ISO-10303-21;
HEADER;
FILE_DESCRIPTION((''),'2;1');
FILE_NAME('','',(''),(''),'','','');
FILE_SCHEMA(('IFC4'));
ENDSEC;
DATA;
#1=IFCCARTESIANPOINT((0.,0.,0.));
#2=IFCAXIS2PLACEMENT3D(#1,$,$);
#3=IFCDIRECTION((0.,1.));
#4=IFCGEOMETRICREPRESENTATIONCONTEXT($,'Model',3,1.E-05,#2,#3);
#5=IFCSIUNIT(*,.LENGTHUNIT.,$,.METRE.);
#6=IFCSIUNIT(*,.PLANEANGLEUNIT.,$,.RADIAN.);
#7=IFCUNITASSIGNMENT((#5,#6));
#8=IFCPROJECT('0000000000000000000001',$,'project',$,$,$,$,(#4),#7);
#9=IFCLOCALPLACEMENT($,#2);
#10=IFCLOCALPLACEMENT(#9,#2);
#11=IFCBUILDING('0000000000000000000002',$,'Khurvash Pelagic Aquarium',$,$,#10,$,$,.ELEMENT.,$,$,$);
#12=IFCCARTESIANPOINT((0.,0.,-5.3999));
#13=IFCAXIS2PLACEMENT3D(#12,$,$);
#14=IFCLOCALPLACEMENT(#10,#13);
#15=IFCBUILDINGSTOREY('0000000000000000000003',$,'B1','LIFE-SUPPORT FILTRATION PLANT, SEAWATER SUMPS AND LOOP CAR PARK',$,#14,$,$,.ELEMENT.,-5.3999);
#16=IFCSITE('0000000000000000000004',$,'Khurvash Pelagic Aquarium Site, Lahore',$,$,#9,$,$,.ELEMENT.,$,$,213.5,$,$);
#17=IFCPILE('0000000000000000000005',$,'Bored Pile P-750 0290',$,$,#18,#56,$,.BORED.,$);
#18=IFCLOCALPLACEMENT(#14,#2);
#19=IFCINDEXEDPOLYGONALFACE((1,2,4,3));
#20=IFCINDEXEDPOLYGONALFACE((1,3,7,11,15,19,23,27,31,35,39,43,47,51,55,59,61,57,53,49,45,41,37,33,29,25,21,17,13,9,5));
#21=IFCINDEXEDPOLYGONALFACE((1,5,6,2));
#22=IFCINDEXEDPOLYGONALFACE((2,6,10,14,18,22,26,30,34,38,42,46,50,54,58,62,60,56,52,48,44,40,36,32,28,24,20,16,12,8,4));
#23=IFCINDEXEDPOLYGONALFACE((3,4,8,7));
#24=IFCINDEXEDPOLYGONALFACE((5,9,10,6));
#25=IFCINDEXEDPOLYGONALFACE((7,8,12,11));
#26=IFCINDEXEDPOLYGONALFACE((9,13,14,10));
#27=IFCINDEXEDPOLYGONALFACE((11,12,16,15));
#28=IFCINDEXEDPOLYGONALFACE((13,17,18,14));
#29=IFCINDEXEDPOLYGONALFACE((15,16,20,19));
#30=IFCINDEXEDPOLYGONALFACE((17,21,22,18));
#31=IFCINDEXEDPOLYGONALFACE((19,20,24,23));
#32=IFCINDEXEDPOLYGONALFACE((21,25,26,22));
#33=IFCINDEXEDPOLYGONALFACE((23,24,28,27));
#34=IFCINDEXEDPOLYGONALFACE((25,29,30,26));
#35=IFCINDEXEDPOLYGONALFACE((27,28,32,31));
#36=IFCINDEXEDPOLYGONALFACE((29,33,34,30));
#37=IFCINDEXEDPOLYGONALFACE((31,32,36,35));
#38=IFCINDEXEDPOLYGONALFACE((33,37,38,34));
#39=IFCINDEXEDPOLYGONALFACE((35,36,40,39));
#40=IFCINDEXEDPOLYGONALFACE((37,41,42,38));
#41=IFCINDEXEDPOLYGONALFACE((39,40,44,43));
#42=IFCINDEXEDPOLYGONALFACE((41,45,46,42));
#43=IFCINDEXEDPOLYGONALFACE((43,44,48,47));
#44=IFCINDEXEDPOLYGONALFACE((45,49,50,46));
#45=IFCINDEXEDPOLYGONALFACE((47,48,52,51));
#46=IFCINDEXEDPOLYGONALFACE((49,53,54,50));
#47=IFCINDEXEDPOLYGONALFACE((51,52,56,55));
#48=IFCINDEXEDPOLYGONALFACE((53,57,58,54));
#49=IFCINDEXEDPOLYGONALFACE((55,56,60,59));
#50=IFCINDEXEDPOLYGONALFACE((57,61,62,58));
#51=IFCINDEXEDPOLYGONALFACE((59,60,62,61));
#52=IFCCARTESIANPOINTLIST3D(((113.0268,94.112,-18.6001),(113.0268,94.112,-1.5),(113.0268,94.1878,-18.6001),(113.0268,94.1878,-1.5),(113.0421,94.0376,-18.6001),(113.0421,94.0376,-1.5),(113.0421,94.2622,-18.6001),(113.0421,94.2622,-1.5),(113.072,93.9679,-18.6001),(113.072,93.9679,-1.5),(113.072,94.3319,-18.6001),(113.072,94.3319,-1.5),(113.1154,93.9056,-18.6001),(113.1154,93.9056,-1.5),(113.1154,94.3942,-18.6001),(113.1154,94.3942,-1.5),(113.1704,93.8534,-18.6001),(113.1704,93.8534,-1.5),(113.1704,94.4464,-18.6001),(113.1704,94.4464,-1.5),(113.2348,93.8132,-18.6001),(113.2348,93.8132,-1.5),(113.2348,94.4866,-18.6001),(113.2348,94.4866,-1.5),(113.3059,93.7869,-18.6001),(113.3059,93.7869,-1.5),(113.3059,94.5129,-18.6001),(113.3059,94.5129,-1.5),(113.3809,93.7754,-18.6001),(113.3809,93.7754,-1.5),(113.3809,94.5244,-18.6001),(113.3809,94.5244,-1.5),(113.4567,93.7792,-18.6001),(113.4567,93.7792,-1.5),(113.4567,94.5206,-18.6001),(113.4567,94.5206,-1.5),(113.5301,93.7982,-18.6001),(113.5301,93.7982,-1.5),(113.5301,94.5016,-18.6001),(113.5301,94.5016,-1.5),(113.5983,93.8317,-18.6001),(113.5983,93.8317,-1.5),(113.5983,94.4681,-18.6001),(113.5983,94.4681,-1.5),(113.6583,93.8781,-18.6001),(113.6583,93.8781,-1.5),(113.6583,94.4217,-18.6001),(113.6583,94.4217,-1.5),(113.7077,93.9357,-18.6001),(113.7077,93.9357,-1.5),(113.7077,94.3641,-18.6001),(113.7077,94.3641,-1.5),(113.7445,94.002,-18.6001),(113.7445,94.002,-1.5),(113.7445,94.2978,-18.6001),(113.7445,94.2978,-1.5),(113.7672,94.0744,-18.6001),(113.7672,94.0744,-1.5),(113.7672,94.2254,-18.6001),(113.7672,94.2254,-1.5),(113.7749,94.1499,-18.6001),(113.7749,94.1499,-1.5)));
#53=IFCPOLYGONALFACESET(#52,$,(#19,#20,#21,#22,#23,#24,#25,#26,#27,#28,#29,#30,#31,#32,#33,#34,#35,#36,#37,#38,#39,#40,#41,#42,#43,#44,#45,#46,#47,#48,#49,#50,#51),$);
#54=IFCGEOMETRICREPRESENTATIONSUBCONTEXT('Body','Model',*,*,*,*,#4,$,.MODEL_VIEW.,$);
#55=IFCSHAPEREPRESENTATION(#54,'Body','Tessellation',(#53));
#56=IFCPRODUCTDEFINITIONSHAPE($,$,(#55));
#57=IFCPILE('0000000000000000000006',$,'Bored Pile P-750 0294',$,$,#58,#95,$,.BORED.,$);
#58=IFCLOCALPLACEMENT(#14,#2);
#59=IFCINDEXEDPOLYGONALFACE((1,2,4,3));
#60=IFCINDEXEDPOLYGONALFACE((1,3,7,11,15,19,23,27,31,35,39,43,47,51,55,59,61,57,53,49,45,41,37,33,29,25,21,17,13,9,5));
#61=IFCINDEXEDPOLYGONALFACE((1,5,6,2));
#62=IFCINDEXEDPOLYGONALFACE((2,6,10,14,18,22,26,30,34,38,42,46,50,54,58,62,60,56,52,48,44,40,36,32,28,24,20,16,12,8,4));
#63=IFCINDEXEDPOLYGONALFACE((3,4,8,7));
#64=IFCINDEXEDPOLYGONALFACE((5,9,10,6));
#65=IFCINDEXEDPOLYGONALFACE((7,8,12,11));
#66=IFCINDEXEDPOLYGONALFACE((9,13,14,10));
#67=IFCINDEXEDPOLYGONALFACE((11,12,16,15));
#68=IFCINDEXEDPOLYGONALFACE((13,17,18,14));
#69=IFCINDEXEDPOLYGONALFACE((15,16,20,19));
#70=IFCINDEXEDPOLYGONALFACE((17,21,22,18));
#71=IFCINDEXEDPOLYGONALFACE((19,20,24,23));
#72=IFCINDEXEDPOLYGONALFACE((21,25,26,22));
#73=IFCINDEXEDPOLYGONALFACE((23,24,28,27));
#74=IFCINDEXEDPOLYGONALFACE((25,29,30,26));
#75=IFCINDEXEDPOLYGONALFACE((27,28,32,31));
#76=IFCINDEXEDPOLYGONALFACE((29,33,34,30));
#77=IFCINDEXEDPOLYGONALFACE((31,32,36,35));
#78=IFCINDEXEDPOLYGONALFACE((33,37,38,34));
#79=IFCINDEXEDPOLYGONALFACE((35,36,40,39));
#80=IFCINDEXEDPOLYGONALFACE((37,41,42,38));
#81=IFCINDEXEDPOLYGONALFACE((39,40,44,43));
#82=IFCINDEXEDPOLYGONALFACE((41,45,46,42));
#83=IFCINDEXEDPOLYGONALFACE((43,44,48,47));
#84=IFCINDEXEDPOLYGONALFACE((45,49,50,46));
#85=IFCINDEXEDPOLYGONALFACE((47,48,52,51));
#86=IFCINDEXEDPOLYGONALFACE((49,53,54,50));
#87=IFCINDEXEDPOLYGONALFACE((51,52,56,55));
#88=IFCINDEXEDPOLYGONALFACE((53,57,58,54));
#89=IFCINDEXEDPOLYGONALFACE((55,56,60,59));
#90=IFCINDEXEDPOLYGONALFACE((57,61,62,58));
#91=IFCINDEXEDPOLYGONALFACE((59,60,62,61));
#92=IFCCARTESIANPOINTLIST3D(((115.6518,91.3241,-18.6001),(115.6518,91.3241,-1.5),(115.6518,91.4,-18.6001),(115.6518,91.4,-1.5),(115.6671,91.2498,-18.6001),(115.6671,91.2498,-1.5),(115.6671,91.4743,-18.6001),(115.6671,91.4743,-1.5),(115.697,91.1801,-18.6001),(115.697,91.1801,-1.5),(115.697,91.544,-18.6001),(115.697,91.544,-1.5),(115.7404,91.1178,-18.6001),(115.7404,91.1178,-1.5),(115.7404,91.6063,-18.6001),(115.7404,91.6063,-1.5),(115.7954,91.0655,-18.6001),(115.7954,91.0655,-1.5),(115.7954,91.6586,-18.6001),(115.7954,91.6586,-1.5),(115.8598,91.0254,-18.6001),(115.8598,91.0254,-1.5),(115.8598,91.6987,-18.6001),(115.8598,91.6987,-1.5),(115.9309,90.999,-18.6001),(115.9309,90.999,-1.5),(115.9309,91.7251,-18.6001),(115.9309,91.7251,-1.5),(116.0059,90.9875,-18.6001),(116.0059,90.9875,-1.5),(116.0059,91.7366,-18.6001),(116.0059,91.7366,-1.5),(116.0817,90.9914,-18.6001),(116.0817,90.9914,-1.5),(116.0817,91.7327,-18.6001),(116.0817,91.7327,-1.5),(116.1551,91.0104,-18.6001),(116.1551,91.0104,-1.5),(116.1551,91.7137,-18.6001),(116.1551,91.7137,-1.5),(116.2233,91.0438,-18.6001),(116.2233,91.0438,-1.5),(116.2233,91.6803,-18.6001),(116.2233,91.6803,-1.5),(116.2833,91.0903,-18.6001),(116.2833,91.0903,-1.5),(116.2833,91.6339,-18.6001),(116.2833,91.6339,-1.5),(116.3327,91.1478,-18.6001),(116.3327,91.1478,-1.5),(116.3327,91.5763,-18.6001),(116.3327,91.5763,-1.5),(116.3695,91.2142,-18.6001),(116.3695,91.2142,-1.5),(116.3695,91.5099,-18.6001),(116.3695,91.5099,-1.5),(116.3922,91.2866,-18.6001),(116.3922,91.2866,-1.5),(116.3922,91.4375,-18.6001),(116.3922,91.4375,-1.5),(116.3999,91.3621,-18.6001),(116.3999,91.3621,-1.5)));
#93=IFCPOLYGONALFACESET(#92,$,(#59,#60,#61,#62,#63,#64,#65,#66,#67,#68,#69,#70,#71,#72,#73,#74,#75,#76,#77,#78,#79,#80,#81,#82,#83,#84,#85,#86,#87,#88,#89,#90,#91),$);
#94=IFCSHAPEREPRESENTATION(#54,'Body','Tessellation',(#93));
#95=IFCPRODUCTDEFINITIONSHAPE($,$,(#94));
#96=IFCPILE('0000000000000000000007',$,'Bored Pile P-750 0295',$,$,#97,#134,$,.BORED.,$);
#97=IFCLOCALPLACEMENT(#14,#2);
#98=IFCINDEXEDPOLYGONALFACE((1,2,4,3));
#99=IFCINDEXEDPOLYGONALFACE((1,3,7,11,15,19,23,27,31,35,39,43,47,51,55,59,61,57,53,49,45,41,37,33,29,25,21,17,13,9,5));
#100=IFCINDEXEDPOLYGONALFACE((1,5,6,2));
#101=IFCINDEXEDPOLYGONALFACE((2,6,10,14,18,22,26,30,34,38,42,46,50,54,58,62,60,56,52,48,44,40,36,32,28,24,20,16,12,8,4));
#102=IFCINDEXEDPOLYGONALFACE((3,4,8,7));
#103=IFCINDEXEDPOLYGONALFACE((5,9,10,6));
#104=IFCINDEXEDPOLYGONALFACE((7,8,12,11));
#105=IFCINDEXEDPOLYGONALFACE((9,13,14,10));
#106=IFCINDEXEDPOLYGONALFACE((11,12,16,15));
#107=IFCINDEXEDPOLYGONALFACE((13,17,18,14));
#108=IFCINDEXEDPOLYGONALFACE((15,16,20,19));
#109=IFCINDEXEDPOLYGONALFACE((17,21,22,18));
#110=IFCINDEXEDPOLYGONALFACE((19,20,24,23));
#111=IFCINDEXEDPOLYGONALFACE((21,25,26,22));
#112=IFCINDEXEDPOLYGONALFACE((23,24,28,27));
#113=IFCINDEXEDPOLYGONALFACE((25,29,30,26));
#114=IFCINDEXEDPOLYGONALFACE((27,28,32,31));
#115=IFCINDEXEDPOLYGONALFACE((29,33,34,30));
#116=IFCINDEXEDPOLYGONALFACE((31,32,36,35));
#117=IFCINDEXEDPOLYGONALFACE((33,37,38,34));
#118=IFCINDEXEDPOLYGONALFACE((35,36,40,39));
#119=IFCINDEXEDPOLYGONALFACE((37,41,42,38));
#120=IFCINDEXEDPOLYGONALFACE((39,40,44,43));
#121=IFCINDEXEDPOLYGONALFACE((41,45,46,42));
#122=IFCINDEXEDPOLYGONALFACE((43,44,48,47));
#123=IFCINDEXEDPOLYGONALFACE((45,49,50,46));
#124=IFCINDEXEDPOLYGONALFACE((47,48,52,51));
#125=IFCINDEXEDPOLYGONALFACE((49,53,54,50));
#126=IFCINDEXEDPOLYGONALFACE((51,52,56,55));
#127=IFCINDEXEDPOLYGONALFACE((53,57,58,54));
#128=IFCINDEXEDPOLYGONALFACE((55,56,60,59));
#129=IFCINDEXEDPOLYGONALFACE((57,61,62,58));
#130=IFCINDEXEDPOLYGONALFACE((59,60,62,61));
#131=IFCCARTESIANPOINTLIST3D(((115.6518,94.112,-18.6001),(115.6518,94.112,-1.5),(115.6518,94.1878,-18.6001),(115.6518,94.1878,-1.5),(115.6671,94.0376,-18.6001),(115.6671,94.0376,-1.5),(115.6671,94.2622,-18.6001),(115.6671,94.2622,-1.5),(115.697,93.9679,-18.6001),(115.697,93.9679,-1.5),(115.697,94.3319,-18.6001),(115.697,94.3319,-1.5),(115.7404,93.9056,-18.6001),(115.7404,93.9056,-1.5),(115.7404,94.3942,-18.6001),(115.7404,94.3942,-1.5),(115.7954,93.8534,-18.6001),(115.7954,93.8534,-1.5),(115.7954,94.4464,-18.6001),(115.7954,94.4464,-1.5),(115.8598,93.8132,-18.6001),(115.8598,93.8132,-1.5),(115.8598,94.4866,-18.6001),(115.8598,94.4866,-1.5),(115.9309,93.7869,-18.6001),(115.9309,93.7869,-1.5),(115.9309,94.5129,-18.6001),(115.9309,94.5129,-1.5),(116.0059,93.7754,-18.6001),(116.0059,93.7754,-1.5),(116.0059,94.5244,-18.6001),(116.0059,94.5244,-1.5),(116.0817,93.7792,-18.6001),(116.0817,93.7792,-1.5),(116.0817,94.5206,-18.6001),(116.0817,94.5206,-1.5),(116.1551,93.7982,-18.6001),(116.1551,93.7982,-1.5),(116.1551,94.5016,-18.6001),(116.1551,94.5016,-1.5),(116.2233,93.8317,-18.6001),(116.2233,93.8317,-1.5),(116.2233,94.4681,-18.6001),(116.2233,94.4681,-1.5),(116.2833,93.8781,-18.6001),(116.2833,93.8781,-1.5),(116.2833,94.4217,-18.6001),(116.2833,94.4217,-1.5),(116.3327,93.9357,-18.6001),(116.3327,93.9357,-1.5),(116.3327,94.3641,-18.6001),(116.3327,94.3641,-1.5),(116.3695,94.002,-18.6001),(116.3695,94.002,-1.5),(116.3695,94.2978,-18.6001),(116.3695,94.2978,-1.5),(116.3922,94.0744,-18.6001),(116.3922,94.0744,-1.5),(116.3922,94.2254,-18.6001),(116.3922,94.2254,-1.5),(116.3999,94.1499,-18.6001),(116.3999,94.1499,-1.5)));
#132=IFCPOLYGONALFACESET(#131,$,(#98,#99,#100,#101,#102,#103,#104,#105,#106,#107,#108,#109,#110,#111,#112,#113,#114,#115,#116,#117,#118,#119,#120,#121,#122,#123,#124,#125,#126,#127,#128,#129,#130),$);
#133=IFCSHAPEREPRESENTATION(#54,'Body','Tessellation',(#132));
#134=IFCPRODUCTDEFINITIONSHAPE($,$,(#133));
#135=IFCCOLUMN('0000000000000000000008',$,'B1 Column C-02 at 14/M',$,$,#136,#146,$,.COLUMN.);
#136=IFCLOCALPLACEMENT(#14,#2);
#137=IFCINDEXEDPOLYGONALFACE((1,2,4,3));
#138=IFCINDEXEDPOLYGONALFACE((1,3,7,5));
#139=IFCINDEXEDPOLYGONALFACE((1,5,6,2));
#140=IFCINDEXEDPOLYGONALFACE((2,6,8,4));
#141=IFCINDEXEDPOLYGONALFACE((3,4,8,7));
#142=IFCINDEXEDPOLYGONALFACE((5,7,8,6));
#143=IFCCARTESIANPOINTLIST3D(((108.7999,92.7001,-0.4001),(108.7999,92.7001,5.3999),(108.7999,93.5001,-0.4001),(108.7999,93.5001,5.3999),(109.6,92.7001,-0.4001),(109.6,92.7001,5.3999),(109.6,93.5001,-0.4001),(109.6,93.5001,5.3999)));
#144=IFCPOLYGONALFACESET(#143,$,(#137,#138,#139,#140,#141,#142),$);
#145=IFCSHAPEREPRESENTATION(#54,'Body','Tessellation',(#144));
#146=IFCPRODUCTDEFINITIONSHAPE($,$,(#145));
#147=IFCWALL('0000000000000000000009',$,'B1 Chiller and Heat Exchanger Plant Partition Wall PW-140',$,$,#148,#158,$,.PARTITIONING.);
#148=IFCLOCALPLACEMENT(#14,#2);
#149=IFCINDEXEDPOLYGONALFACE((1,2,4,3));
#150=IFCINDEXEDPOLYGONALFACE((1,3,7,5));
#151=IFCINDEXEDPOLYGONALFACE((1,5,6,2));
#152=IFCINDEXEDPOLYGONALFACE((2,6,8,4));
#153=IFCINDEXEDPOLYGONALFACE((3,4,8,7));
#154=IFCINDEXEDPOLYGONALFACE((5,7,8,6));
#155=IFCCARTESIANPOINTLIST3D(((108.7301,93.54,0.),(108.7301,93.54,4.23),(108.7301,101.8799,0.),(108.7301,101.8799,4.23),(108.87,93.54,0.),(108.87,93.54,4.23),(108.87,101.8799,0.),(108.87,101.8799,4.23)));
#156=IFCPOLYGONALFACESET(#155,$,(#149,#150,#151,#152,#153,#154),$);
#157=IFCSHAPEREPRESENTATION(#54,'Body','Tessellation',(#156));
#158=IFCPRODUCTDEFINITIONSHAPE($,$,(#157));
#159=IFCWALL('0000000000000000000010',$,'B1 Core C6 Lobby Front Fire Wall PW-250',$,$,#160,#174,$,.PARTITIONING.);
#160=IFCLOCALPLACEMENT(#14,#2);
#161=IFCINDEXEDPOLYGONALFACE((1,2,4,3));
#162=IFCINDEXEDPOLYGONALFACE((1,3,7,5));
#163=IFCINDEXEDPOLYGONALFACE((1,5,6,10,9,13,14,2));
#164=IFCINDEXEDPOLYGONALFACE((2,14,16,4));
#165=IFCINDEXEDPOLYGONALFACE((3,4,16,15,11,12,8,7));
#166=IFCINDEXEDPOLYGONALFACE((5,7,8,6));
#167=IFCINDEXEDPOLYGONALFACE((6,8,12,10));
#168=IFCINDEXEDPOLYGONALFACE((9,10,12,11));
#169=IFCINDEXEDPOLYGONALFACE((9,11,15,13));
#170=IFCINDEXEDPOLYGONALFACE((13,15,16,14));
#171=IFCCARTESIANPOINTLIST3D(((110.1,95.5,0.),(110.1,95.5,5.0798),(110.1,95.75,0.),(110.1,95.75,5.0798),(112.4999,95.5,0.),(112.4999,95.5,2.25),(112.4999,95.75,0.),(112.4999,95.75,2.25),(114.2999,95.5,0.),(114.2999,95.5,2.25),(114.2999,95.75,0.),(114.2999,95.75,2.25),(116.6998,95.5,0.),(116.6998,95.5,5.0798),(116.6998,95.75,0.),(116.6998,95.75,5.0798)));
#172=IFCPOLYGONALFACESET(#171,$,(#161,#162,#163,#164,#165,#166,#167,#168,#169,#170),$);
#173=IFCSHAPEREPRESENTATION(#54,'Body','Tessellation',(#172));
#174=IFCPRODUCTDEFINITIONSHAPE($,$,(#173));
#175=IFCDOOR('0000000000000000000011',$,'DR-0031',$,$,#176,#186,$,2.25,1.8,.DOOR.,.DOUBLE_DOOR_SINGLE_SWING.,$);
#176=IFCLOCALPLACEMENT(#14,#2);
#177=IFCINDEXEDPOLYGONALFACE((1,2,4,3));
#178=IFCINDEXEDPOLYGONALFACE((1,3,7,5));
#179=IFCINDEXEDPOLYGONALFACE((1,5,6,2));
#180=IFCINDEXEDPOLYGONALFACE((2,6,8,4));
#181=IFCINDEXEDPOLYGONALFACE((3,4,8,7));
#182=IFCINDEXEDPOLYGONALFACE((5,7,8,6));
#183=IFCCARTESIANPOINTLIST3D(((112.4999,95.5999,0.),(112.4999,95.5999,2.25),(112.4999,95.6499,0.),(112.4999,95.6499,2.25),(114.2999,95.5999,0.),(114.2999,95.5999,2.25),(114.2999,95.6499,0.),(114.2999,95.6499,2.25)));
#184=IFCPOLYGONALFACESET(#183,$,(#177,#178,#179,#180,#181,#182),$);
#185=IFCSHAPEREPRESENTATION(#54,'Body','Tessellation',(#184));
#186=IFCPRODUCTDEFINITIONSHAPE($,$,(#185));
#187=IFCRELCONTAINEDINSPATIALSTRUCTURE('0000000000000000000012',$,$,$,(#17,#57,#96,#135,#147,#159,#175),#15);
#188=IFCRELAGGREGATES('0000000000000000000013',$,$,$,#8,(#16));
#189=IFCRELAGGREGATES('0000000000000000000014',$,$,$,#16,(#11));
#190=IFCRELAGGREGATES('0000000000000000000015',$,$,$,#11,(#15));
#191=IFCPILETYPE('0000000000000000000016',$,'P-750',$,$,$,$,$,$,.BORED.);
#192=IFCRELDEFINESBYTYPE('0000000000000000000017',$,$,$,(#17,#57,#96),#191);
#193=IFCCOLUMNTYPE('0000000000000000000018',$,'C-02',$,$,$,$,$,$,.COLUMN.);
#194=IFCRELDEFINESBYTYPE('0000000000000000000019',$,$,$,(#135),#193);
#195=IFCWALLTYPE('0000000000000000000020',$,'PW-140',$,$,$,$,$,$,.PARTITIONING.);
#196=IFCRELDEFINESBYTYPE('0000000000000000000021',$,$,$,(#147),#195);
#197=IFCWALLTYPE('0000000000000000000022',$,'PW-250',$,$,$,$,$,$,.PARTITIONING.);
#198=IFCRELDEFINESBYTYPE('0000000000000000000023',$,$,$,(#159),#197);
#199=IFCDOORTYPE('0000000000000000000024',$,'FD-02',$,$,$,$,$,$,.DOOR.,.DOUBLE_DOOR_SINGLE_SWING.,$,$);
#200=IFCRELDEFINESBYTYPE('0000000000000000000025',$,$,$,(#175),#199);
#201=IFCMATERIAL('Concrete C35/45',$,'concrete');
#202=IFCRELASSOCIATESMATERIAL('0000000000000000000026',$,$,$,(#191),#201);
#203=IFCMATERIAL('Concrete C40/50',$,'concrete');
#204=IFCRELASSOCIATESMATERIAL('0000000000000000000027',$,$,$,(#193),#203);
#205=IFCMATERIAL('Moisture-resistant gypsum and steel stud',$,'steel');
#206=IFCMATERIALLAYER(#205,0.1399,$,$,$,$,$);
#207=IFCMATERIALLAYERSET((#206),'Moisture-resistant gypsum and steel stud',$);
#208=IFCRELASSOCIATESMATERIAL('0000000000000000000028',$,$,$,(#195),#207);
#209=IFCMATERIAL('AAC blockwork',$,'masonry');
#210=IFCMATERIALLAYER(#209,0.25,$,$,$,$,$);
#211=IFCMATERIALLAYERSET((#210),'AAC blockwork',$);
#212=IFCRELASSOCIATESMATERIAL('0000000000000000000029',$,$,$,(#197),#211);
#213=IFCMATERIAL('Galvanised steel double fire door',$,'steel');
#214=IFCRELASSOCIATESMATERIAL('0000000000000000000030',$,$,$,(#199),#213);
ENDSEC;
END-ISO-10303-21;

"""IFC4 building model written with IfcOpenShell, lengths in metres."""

from ifc_helpers import new_model, si_unit, direction, frame, frame_2d, origin, origin_2d, place, context, subcontext, project, spatial, rectangle, circle, extrude, material, layer, layer_set, material_profile, profile_set, type_object, element, fill, save


model = new_model("IFC4")

# Units and contexts
model_context = context("Model", 3, precision=1e-05, world=origin(), true_north=direction((0.0, 1.0)))
body_context = subcontext(model_context, "Body", "Model", "MODEL_VIEW")
ifc_project = project(units=[si_unit("LENGTHUNIT", "METRE"), si_unit("PLANEANGLEUNIT", "RADIAN")], contexts=[model_context])

# Site, building, storey
site_placement = place(None, origin())
site = spatial("IfcSite", under=ifc_project, at=site_placement, Name="Khurvash Pelagic Aquarium Site, Lahore", CompositionType="ELEMENT", RefElevation=213.5)
building_placement = place(site_placement, origin())
building = spatial("IfcBuilding", under=site, at=building_placement, Name="Khurvash Pelagic Aquarium", CompositionType="ELEMENT")
storey_placement = place(building_placement, frame((0.0, 0.0, -5.3999)))
storey = spatial("IfcBuildingStorey", under=building, at=storey_placement, Name="B1", Description="LIFE-SUPPORT FILTRATION PLANT, SEAWATER SUMPS AND LOOP CAR PARK", CompositionType="ELEMENT", Elevation=-5.3999)

# Piles
ifc_material_1 = material(Name="Concrete C35/45", Category="concrete")
ifc_material_profile_1 = material_profile(ifc_material_1, circle(Radius=0.375, at=origin_2d()), Name="PILE750")
ifc_profile_set_1 = profile_set([ifc_material_profile_1], Name="Concrete C35/45")
pile_type = type_object("IfcPileType", Name="P-750", PredefinedType="BORED", material=ifc_profile_set_1)
for number, where, z_axis, x_axis, name in (
    (1, (113.3999, 94.1499, -1.5), (0.0, 0.0, -1.0), (1.0, 0.0, 0.0), "Bored Pile P-750 0290"),
    (2, (116.0249, 91.3621, -1.5), (0.0, 0.0, -1.0), (1.0, 0.0, 0.0), "Bored Pile P-750 0294"),
    (3, (116.0249, 94.1499, -1.5), (0.0, 0.0, -1.0), (1.0, 0.0, 0.0), "Bored Pile P-750 0295"),
):
    element("IfcPile", number, at=place(storey_placement, frame(where, z_axis=z_axis, x_axis=x_axis)), inside=storey, type_object=pile_type, Name=name, PredefinedType="BORED", context=body_context, shape_type="SweptSolid", body=[
        extrude(circle(Radius=0.375, at=origin_2d()), origin(), (0.0, 0.0, 1.0), 17.1001),
    ])

# Column
ifc_material_2 = material(Name="Concrete C40/50", Category="concrete")
ifc_material_profile_2 = material_profile(ifc_material_2, rectangle(XDim=0.8, YDim=0.8, at=origin_2d()), Name="RC800X800")
ifc_profile_set_2 = profile_set([ifc_material_profile_2], Name="Concrete C40/50")
column_type = type_object("IfcColumnType", Name="C-02", PredefinedType="COLUMN", material=ifc_profile_set_2)
column_placement = place(storey_placement, frame((109.2, 93.1001, -0.4001), z_axis=(0.0, 0.0, 1.0), x_axis=(1.0, 0.0, 0.0)))
element("IfcColumn", 4, at=column_placement, inside=storey, type_object=column_type, Name="B1 Column C-02 at 14/M", PredefinedType="COLUMN", context=body_context, shape_type="SweptSolid", body=[
    extrude(rectangle(XDim=0.8, YDim=0.8, at=origin_2d()), origin(), (0.0, 0.0, 1.0), 5.8),
])

# Wall
ifc_material_3 = material(Name="Moisture-resistant gypsum and steel stud", Category="steel")
ifc_layer_1 = layer(ifc_material_3, 0.1399)
ifc_layer_set_1 = layer_set([ifc_layer_1], Name="Moisture-resistant gypsum and steel stud")
wall_type_1 = type_object("IfcWallType", Name="PW-140", PredefinedType="PARTITIONING", material=ifc_layer_set_1)
wall_1_placement = place(storey_placement, frame((108.8, 93.54, 0.0), z_axis=(0.0, 0.0, 1.0), x_axis=(0.0, 1.0, 0.0)))
element("IfcWall", 5, at=wall_1_placement, inside=storey, type_object=wall_type_1, Name="B1 Chiller and Heat Exchanger Plant Partition Wall PW-140", PredefinedType="PARTITIONING", context=body_context, shape_type="SweptSolid", body=[
    extrude(rectangle(XDim=8.3398, YDim=0.1399, at=frame_2d((4.1699, 0.0))), origin(), (0.0, 0.0, 1.0), 4.23),
])

# Wall, opening, door
ifc_material_4 = material(Name="AAC blockwork", Category="masonry")
ifc_layer_2 = layer(ifc_material_4, 0.25)
ifc_layer_set_2 = layer_set([ifc_layer_2], Name="AAC blockwork")
wall_type_2 = type_object("IfcWallType", Name="PW-250", PredefinedType="PARTITIONING", material=ifc_layer_set_2)
wall_2_placement = place(storey_placement, frame((110.1001, 95.625, 0.0), z_axis=(0.0, 0.0, 1.0), x_axis=(1.0, 0.0, 0.0)))
wall_2 = element("IfcWall", 6, at=wall_2_placement, inside=storey, type_object=wall_type_2, Name="B1 Core C6 Lobby Front Fire Wall PW-250", PredefinedType="PARTITIONING", context=body_context, shape_type="SweptSolid", body=[
    extrude(rectangle(XDim=6.5999, YDim=0.25, at=frame_2d((3.2998, 0.0))), origin(), (0.0, 0.0, 1.0), 5.0798),
])
opening_1_placement = place(wall_2_placement, frame((2.3999, 0.0, 0.0)))
opening_1 = element("IfcOpeningElement", 7, at=opening_1_placement, cuts=wall_2, PredefinedType="OPENING", context=body_context, shape_type="SweptSolid", body=[
    extrude(rectangle(XDim=1.8, YDim=2.25, at=frame_2d((0.8999, 1.125))), frame((0.0, 0.135, 0.0), z_axis=(0.0, -1.0, 0.0), x_axis=(1.0, 0.0, 0.0)), (0.0, 0.0, 1.0), 0.27),
])
ifc_material_5 = material(Name="Galvanised steel double fire door", Category="steel")
door_type_1 = type_object("IfcDoorType", Name="FD-02", OperationType="DOUBLE_DOOR_SINGLE_SWING", PredefinedType="DOOR", material=ifc_material_5)
door_1_placement = place(opening_1_placement, origin())
door_1 = element("IfcDoor", 8, at=door_1_placement, inside=storey, type_object=door_type_1, Name="DR-0031", OperationType="DOUBLE_DOOR_SINGLE_SWING", OverallHeight=2.25, OverallWidth=1.8, PredefinedType="DOOR", context=body_context, shape_type="SweptSolid", body=[
    extrude(rectangle(XDim=1.8, YDim=2.25, at=frame_2d((0.8999, 1.125))), frame((0.0, 0.0249, 0.0), z_axis=(0.0, -1.0, 0.0), x_axis=(1.0, 0.0, 0.0)), (0.0, 0.0, 1.0), 0.05),
])
fill(opening_1, door_1)

save(model, "model.ifc")
